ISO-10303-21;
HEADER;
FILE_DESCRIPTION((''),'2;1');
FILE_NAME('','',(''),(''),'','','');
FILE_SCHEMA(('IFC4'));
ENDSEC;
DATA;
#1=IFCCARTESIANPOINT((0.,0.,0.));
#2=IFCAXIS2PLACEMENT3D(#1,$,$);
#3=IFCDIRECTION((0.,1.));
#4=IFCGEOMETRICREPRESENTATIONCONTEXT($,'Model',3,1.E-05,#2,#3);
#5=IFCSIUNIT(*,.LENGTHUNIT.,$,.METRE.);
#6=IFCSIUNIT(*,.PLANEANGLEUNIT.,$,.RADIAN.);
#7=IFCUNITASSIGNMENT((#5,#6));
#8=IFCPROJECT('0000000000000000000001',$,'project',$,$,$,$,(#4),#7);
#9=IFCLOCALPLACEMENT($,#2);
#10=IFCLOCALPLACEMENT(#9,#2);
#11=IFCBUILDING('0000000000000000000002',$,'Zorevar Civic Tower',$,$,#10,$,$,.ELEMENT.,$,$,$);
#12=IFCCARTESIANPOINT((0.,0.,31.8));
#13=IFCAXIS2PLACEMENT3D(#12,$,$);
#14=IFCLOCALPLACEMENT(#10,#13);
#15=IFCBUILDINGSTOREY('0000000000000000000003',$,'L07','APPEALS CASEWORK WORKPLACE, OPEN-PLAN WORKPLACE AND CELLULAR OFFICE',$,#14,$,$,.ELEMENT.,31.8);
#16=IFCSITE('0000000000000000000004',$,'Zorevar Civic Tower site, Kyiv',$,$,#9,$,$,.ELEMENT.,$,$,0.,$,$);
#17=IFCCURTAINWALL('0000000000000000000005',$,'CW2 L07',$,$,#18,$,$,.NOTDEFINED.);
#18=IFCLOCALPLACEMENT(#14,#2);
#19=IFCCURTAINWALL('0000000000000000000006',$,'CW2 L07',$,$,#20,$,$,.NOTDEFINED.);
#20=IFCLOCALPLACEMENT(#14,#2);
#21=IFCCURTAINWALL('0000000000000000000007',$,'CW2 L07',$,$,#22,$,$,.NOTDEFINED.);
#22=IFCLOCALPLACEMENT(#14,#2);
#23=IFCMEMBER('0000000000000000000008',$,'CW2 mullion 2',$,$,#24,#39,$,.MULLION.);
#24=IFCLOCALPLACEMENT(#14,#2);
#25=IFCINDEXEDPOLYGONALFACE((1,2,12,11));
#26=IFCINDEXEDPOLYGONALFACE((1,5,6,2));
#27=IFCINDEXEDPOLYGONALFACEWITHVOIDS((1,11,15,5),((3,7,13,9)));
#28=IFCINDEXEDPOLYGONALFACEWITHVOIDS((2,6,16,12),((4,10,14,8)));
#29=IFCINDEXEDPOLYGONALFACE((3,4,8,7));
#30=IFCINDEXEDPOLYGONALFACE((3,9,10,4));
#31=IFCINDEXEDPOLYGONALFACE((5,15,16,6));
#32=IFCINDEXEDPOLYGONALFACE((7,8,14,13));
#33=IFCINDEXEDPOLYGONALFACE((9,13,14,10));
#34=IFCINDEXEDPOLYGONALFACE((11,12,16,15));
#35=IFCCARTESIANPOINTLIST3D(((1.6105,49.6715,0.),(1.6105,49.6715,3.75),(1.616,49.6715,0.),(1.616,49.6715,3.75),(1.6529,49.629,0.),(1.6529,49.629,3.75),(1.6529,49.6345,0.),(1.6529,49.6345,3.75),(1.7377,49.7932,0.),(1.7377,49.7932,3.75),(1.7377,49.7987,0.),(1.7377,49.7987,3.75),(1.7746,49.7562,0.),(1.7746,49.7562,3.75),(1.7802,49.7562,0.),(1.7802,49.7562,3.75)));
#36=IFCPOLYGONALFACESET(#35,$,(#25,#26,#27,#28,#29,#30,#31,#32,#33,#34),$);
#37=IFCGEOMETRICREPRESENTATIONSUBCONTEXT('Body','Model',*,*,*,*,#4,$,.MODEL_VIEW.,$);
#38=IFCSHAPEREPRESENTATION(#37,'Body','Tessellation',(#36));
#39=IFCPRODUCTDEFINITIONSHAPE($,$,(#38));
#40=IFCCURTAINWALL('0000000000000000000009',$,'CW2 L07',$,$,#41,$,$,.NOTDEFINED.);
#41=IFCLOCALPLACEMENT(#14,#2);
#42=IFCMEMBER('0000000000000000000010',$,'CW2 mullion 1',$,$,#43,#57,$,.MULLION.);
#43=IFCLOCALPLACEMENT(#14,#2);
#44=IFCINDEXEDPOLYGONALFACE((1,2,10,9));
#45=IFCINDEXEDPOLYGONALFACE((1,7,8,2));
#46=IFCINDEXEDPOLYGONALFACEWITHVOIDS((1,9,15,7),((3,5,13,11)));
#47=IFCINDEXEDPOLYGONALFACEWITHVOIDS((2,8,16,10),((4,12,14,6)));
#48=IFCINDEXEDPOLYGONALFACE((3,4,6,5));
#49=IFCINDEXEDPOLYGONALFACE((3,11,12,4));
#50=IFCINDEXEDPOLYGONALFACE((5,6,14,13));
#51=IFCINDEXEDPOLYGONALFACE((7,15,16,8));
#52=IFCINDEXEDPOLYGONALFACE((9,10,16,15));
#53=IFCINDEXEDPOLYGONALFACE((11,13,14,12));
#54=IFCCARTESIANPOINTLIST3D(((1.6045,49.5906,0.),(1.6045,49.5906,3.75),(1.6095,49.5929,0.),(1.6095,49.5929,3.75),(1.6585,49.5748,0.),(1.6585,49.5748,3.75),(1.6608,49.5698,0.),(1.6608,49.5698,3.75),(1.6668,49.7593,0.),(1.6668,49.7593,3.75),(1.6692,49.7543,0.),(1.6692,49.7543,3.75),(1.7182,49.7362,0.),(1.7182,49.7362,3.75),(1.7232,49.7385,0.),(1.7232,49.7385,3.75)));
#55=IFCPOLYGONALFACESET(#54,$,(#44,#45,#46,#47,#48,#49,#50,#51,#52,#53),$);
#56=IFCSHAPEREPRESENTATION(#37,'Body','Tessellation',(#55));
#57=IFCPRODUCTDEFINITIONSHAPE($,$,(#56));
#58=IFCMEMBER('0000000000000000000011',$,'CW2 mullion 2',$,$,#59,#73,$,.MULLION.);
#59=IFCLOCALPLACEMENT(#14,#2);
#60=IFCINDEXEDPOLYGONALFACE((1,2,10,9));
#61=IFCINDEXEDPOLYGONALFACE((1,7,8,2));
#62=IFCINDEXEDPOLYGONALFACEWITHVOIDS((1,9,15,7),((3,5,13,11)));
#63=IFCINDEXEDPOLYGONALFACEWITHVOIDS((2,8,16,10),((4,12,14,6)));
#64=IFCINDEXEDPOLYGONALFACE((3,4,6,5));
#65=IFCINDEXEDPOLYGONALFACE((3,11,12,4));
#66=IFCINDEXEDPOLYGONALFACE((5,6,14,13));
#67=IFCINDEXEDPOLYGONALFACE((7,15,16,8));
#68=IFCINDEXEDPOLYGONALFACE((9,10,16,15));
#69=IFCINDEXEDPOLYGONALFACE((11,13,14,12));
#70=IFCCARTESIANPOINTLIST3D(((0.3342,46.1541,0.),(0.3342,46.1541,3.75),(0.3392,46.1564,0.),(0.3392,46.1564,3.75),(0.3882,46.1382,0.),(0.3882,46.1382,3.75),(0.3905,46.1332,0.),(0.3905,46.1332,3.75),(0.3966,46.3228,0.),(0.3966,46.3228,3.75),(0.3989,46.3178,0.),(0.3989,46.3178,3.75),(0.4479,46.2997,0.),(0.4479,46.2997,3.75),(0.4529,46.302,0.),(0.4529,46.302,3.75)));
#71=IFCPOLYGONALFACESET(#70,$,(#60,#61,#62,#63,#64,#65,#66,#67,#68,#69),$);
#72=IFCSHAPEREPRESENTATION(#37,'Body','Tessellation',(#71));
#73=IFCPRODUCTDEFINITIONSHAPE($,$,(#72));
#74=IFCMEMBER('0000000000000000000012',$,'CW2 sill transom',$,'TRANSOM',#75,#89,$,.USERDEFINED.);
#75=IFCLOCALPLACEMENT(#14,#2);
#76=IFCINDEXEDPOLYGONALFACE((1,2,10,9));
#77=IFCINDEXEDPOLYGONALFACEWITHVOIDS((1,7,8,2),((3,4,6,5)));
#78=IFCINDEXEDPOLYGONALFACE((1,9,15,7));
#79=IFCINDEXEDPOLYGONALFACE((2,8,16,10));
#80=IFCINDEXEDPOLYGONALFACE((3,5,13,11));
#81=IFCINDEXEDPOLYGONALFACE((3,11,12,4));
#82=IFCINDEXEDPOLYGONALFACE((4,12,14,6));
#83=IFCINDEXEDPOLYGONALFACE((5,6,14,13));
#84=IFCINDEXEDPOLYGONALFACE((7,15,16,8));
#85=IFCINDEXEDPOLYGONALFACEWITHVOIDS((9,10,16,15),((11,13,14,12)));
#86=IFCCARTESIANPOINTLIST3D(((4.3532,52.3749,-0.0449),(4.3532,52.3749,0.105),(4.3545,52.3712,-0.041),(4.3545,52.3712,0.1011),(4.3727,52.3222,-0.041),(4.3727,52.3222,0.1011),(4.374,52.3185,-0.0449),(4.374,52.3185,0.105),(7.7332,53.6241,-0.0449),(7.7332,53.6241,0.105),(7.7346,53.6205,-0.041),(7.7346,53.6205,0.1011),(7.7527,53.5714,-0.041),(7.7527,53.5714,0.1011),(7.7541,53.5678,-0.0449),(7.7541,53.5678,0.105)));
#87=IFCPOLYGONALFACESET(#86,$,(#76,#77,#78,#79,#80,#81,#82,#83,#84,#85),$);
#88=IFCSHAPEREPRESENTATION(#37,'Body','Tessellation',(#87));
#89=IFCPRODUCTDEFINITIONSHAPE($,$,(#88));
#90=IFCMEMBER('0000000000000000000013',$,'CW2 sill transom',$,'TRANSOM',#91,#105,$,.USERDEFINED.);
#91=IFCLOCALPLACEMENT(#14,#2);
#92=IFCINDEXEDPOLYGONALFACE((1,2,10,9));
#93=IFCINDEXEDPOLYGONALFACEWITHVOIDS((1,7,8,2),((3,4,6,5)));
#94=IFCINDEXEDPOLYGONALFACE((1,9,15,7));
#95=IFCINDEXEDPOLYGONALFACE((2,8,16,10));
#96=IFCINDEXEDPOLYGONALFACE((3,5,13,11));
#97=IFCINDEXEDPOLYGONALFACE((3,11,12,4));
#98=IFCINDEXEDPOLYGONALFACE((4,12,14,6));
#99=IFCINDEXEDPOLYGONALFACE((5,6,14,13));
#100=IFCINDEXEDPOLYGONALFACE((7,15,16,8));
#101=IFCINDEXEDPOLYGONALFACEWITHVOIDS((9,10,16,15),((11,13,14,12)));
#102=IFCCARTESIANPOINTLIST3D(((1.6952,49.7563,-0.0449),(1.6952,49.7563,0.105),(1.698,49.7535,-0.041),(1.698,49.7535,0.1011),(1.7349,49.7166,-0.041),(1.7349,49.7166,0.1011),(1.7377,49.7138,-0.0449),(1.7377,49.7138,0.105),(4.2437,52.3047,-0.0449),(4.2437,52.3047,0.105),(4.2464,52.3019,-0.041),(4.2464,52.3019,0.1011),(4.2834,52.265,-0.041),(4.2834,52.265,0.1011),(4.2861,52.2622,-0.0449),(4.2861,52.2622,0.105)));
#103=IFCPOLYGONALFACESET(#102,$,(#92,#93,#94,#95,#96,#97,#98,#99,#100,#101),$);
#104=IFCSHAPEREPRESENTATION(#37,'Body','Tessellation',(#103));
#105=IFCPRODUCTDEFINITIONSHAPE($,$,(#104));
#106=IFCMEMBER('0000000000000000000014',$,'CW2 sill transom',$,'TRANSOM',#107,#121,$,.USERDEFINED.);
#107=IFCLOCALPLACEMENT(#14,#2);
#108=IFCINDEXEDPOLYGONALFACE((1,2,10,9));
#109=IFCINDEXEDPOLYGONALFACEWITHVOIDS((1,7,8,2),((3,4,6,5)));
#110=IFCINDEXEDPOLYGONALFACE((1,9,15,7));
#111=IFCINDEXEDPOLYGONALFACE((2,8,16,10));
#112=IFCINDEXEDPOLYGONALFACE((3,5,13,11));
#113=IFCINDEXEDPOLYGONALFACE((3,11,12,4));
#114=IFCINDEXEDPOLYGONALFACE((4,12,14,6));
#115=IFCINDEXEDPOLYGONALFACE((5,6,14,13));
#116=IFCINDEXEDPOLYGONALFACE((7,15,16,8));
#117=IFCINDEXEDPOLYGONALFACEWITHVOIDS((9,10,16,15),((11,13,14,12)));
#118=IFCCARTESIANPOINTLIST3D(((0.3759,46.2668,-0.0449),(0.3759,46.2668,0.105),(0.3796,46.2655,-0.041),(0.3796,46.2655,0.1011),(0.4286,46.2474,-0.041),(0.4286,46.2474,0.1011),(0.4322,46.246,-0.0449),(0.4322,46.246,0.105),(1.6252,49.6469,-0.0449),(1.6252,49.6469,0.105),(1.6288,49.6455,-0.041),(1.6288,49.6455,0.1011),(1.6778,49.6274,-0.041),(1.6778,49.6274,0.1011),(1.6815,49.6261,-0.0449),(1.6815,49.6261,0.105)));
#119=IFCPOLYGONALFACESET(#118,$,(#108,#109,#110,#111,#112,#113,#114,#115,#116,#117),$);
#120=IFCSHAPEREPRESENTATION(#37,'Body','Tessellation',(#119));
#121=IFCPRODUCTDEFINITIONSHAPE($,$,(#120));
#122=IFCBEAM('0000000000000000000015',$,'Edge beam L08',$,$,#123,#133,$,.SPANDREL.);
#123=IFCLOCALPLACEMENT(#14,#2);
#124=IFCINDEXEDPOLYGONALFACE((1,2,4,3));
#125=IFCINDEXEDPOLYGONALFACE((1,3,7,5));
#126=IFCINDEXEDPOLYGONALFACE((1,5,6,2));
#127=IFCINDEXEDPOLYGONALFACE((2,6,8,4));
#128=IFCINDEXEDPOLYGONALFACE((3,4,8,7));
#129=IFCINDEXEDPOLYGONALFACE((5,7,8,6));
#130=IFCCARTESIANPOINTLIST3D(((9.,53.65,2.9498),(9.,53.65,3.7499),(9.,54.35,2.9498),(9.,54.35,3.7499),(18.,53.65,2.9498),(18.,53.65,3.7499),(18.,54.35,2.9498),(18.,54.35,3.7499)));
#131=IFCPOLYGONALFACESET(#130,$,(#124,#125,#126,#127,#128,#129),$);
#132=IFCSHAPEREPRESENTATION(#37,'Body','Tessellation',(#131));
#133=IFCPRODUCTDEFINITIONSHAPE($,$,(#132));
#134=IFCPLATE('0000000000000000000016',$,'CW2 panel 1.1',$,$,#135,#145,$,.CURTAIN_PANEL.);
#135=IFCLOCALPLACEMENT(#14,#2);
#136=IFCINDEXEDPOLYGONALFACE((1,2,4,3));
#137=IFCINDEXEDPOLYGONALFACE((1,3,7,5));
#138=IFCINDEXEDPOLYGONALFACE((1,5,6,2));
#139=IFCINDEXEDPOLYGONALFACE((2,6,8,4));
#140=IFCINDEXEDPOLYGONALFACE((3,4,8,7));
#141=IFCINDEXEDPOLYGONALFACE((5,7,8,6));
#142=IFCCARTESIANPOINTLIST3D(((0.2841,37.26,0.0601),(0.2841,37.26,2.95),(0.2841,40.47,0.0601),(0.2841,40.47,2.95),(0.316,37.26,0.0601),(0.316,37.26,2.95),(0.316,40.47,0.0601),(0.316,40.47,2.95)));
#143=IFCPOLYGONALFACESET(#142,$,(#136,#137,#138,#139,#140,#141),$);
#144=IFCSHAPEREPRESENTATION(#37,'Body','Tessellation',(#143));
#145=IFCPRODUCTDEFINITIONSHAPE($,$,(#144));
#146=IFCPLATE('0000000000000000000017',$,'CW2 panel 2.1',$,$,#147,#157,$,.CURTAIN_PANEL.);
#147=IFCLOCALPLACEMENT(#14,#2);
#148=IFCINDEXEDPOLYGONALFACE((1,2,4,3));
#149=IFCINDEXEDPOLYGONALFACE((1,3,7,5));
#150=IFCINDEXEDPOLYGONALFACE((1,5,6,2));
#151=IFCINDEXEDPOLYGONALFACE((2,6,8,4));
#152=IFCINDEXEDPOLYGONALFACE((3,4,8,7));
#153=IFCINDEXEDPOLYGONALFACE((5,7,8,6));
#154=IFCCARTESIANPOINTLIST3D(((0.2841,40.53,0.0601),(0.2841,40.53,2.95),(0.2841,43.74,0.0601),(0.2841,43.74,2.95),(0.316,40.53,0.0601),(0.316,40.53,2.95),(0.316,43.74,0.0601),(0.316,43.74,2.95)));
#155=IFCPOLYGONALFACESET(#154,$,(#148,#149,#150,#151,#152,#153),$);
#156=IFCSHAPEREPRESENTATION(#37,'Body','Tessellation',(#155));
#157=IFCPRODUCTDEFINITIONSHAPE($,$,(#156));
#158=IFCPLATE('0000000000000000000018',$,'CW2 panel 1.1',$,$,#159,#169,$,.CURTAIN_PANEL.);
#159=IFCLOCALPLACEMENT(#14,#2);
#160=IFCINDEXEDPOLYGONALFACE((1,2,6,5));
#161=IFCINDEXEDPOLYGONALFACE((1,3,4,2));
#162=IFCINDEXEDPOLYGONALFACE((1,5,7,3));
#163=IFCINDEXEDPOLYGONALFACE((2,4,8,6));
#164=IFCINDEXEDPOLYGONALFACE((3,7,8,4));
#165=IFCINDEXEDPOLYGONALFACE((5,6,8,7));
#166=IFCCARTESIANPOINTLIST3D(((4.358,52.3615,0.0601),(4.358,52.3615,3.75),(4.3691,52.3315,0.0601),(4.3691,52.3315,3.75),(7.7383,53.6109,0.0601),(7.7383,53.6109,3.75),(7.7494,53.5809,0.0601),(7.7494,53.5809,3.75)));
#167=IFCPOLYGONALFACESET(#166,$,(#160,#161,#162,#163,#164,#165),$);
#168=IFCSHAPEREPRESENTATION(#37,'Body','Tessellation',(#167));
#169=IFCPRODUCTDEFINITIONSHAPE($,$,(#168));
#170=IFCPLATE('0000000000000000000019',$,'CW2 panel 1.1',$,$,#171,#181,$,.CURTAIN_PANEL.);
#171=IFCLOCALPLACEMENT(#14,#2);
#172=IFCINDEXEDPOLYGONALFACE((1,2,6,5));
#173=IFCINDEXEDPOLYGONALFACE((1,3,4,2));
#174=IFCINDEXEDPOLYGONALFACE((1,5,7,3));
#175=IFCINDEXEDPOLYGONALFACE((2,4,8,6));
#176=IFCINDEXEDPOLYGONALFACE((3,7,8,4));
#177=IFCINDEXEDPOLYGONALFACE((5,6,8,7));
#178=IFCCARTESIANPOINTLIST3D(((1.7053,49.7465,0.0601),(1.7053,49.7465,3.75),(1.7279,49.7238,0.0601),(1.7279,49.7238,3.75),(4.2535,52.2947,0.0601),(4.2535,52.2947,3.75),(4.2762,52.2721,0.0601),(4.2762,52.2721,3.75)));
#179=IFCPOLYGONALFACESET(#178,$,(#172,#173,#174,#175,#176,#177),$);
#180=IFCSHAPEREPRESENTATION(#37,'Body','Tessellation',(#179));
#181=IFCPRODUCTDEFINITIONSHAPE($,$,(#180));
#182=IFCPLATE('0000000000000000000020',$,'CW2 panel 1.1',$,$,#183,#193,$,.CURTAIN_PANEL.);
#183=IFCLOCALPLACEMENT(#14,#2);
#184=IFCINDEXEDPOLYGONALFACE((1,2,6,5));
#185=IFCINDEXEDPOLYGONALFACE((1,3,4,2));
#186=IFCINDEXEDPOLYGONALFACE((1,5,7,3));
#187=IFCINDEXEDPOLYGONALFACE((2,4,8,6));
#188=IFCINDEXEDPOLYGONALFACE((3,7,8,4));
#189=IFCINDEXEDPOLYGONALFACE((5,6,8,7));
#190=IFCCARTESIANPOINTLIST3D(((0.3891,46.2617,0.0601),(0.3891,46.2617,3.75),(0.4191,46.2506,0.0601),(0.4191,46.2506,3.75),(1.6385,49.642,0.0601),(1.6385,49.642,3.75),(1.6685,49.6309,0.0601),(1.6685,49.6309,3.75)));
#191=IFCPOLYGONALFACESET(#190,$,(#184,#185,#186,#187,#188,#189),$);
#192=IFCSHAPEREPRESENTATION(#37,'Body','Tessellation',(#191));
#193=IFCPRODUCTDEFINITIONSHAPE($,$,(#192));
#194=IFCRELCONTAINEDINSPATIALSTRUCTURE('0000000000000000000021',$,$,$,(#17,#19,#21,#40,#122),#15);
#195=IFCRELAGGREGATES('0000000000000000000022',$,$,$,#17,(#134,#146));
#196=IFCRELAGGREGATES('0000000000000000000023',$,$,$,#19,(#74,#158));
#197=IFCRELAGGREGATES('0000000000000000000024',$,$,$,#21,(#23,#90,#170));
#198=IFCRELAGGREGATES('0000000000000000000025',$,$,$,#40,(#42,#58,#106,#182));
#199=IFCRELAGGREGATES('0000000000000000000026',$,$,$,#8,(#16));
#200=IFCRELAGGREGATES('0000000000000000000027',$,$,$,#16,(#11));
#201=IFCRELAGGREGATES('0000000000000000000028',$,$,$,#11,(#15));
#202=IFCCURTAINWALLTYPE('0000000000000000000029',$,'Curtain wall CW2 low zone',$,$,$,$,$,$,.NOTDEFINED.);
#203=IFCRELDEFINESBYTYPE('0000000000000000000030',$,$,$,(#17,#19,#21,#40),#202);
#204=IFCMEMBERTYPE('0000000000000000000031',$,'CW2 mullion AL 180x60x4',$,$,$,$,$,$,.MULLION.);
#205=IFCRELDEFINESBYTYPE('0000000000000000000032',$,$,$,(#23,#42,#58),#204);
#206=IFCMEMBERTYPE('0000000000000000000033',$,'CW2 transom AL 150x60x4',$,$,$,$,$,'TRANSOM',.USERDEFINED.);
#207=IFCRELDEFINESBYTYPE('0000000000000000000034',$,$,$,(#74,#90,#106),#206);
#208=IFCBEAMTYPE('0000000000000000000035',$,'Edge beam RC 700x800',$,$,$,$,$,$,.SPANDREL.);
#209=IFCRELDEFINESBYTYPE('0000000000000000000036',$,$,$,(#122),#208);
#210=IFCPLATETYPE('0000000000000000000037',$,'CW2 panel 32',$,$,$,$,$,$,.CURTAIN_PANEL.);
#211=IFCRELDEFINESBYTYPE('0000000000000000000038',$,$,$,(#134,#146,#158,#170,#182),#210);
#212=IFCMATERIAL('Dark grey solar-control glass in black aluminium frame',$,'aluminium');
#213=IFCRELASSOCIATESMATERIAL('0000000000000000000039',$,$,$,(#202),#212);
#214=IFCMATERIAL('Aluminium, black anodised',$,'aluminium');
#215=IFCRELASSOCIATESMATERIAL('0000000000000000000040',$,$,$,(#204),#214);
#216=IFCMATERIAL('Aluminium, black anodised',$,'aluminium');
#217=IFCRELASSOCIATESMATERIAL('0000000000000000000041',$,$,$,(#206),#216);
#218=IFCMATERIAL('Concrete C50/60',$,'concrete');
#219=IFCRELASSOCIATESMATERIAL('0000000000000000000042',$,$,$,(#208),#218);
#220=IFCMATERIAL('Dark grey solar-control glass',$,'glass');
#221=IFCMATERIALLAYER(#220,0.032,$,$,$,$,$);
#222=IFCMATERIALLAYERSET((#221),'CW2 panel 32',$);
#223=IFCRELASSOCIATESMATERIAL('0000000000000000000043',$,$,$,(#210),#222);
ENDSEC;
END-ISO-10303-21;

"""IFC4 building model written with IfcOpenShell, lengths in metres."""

from ifc_helpers import new_model, si_unit, direction, frame, origin, origin_2d, place, context, subcontext, project, spatial, rectangle, hollow_rectangle, extrude, material, layer, layer_set, material_profile, profile_set, type_object, element, aggregate, save


model = new_model("IFC4")

# Units and contexts
model_context = context("Model", 3, precision=1e-05, world=origin(), true_north=direction((0.0, 1.0)))
body_context = subcontext(model_context, "Body", "Model", "MODEL_VIEW")
ifc_project = project(units=[si_unit("LENGTHUNIT", "METRE"), si_unit("PLANEANGLEUNIT", "RADIAN")], contexts=[model_context])

# Site, building, storey
site_placement = place(None, origin())
site = spatial("IfcSite", under=ifc_project, at=site_placement, Name="Zorevar Civic Tower site, Kyiv", CompositionType="ELEMENT", RefElevation=0.0)
building_placement = place(site_placement, origin())
building = spatial("IfcBuilding", under=site, at=building_placement, Name="Zorevar Civic Tower", CompositionType="ELEMENT")
storey_placement = place(building_placement, frame((0.0, 0.0, 31.8)))
storey = spatial("IfcBuildingStorey", under=building, at=storey_placement, Name="L07", Description="APPEALS CASEWORK WORKPLACE, OPEN-PLAN WORKPLACE AND CELLULAR OFFICE", CompositionType="ELEMENT", Elevation=31.8)

# Curtain walls, members
ifc_material_1 = material(Name="Dark grey solar-control glass in black aluminium frame", Category="aluminium")
curtain_wall_type = type_object("IfcCurtainWallType", Name="Curtain wall CW2 low zone", PredefinedType="NOTDEFINED", material=ifc_material_1)
curtain_wall_1_placement = place(storey_placement, origin())
curtain_wall_1 = element("IfcCurtainWall", 1, at=curtain_wall_1_placement, inside=storey, type_object=curtain_wall_type, Name="CW2 L07", PredefinedType="NOTDEFINED")
ifc_material_2 = material(Name="Aluminium, black anodised", Category="aluminium")
ifc_material_profile_1 = material_profile(ifc_material_2, hollow_rectangle(XDim=0.0601, YDim=0.1799, WallThickness=0.0039, at=origin_2d()), Name="AL 180x60x4")
ifc_profile_set_1 = profile_set([ifc_material_profile_1], Name="Aluminium, black anodised")
member_type_1 = type_object("IfcMemberType", Name="CW2 mullion AL 180x60x4", PredefinedType="MULLION", material=ifc_profile_set_1)
curtain_wall_2_placement = place(storey_placement, origin())
curtain_wall_2 = element("IfcCurtainWall", 2, at=curtain_wall_2_placement, inside=storey, type_object=curtain_wall_type, Name="CW2 L07", PredefinedType="NOTDEFINED")
curtain_wall_3_placement = place(storey_placement, origin())
curtain_wall_3 = element("IfcCurtainWall", 3, at=curtain_wall_3_placement, inside=storey, type_object=curtain_wall_type, Name="CW2 L07", PredefinedType="NOTDEFINED")
member_1_placement = place(storey_placement, frame((1.6953, 49.7139, 0.0), z_axis=(0.0, 0.0, 1.0), x_axis=(0.707107, -0.707107, 0.0)))
member_1 = element("IfcMember", 4, at=member_1_placement, type_object=member_type_1, Name="CW2 mullion 2", PredefinedType="MULLION", context=body_context, shape_type="SweptSolid", body=[
    extrude(hollow_rectangle(XDim=0.0601, YDim=0.1799, WallThickness=0.0039, at=origin_2d()), origin(), (0.0, 0.0, 1.0), 3.75),
])
curtain_wall_4_placement = place(storey_placement, origin())
curtain_wall_4 = element("IfcCurtainWall", 5, at=curtain_wall_4_placement, inside=storey, type_object=curtain_wall_type, Name="CW2 L07", PredefinedType="NOTDEFINED")
member_2_placement = place(storey_placement, frame((1.6638, 49.6646, 0.0), z_axis=(0.0, 0.0, 1.0), x_axis=(0.937975, -0.346704, 0.0)))
member_2 = element("IfcMember", 6, at=member_2_placement, type_object=member_type_1, Name="CW2 mullion 1", PredefinedType="MULLION", context=body_context, shape_type="SweptSolid", body=[
    extrude(hollow_rectangle(XDim=0.0601, YDim=0.1799, WallThickness=0.0039, at=origin_2d()), origin(), (0.0, 0.0, 1.0), 3.75),
])
member_3_placement = place(storey_placement, frame((0.3936, 46.228, 0.0), z_axis=(0.0, 0.0, 1.0), x_axis=(0.937975, -0.346704, 0.0)))
member_3 = element("IfcMember", 7, at=member_3_placement, type_object=member_type_1, Name="CW2 mullion 2", PredefinedType="MULLION", context=body_context, shape_type="SweptSolid", body=[
    extrude(hollow_rectangle(XDim=0.0601, YDim=0.1799, WallThickness=0.0039, at=origin_2d()), origin(), (0.0, 0.0, 1.0), 3.75),
])

# Members
ifc_material_3 = material(Name="Aluminium, black anodised", Category="aluminium")
ifc_material_profile_2 = material_profile(ifc_material_3, hollow_rectangle(XDim=0.0601, YDim=0.1499, WallThickness=0.0039, at=origin_2d()), Name="AL 150x60x4")
ifc_profile_set_2 = profile_set([ifc_material_profile_2], Name="Aluminium, black anodised")
member_type_2 = type_object("IfcMemberType", Name="CW2 transom AL 150x60x4", ElementType="TRANSOM", PredefinedType="USERDEFINED", material=ifc_profile_set_2)
member_4_placement = place(storey_placement, frame((7.7437, 53.5959, 0.03), z_axis=(-0.937986, -0.346672, 0.0), x_axis=(0.346672, -0.937986, 0.0)))
member_4 = element("IfcMember", 8, at=member_4_placement, type_object=member_type_2, Name="CW2 sill transom", ObjectType="TRANSOM", PredefinedType="USERDEFINED", context=body_context, shape_type="SweptSolid", body=[
    extrude(hollow_rectangle(XDim=0.0601, YDim=0.1499, WallThickness=0.0039, at=origin_2d()), origin(), (0.0, 0.0, 1.0), 3.6035),
])
member_5_placement = place(storey_placement, frame((4.2649, 52.2834, 0.03), z_axis=(-0.707107, -0.707107, 0.0), x_axis=(0.707107, -0.707107, 0.0)))
member_5 = element("IfcMember", 9, at=member_5_placement, type_object=member_type_2, Name="CW2 sill transom", ObjectType="TRANSOM", PredefinedType="USERDEFINED", context=body_context, shape_type="SweptSolid", body=[
    extrude(hollow_rectangle(XDim=0.0601, YDim=0.1499, WallThickness=0.0039, at=origin_2d()), origin(), (0.0, 0.0, 1.0), 3.604),
])
member_6_placement = place(storey_placement, frame((1.6533, 49.6365, 0.03), z_axis=(-0.346672, -0.937986, 0.0), x_axis=(0.937986, -0.346672, 0.0)))
member_6 = element("IfcMember", 10, at=member_6_placement, type_object=member_type_2, Name="CW2 sill transom", ObjectType="TRANSOM", PredefinedType="USERDEFINED", context=body_context, shape_type="SweptSolid", body=[
    extrude(hollow_rectangle(XDim=0.0601, YDim=0.1499, WallThickness=0.0039, at=origin_2d()), origin(), (0.0, 0.0, 1.0), 3.6035),
])

# Beam
ifc_material_4 = material(Name="Concrete C50/60", Category="concrete")
ifc_material_profile_3 = material_profile(ifc_material_4, rectangle(XDim=0.7, YDim=0.8, at=origin_2d()), Name="RC 700x800")
ifc_profile_set_3 = profile_set([ifc_material_profile_3], Name="Concrete C50/60")
beam_type_1 = type_object("IfcBeamType", Name="Edge beam RC 700x800", PredefinedType="SPANDREL", material=ifc_profile_set_3)
beam_1_placement = place(storey_placement, frame((9.0, 54.0, 3.3499), z_axis=(1.0, 0.0, 0.0), x_axis=(0.0, 1.0, 0.0)))
element("IfcBeam", 11, at=beam_1_placement, inside=storey, type_object=beam_type_1, Name="Edge beam L08", PredefinedType="SPANDREL", context=body_context, shape_type="SweptSolid", body=[
    extrude(rectangle(XDim=0.7, YDim=0.8, at=origin_2d()), origin(), (0.0, 0.0, 1.0), 9.0),
])

# Plates
ifc_material_5 = material(Name="Dark grey solar-control glass", Category="glass")
ifc_layer_1 = layer(ifc_material_5, 0.032)
ifc_layer_set_1 = layer_set([ifc_layer_1], Name="CW2 panel 32")
plate_type = type_object("IfcPlateType", Name="CW2 panel 32", PredefinedType="CURTAIN_PANEL", material=ifc_layer_set_1)
plate_1_placement = place(storey_placement, frame((0.3, 38.865, 0.0601), z_axis=(0.0, 0.0, 1.0), x_axis=(0.0, 1.0, 0.0)))
plate_1 = element("IfcPlate", 12, at=plate_1_placement, type_object=plate_type, Name="CW2 panel 1.1", PredefinedType="CURTAIN_PANEL", context=body_context, shape_type="SweptSolid", body=[
    extrude(rectangle(XDim=3.21, YDim=0.032, at=origin_2d()), origin(), (0.0, 0.0, 1.0), 2.8899),
])
plate_2_placement = place(storey_placement, frame((0.3, 42.135, 0.0601), z_axis=(0.0, 0.0, 1.0), x_axis=(0.0, 1.0, 0.0)))
plate_2 = element("IfcPlate", 13, at=plate_2_placement, type_object=plate_type, Name="CW2 panel 2.1", PredefinedType="CURTAIN_PANEL", context=body_context, shape_type="SweptSolid", body=[
    extrude(rectangle(XDim=3.21, YDim=0.032, at=origin_2d()), origin(), (0.0, 0.0, 1.0), 2.8899),
])
aggregate(curtain_wall_1, [plate_1, plate_2])
plate_3_placement = place(storey_placement, frame((6.0537, 52.9712, 0.0601), z_axis=(0.0, 0.0, 1.0), x_axis=(-0.937975, -0.346704, 0.0)))
plate_3 = element("IfcPlate", 14, at=plate_3_placement, type_object=plate_type, Name="CW2 panel 1.1", PredefinedType="CURTAIN_PANEL", context=body_context, shape_type="SweptSolid", body=[
    extrude(rectangle(XDim=3.6038, YDim=0.032, at=origin_2d()), origin(), (0.0, 0.0, 1.0), 3.6899),
])
aggregate(curtain_wall_2, [member_4, plate_3])
plate_4_placement = place(storey_placement, frame((2.9907, 51.0093, 0.0601), z_axis=(0.0, 0.0, 1.0), x_axis=(-0.707107, -0.707107, 0.0)))
plate_4 = element("IfcPlate", 15, at=plate_4_placement, type_object=plate_type, Name="CW2 panel 1.1", PredefinedType="CURTAIN_PANEL", context=body_context, shape_type="SweptSolid", body=[
    extrude(rectangle(XDim=3.6038, YDim=0.032, at=origin_2d()), origin(), (0.0, 0.0, 1.0), 3.6899),
])
aggregate(curtain_wall_3, [member_1, member_5, plate_4])
plate_5_placement = place(storey_placement, frame((1.0288, 47.9463, 0.0601), z_axis=(0.0, 0.0, 1.0), x_axis=(-0.346704, -0.937975, 0.0)))
plate_5 = element("IfcPlate", 16, at=plate_5_placement, type_object=plate_type, Name="CW2 panel 1.1", PredefinedType="CURTAIN_PANEL", context=body_context, shape_type="SweptSolid", body=[
    extrude(rectangle(XDim=3.6038, YDim=0.032, at=origin_2d()), origin(), (0.0, 0.0, 1.0), 3.6899),
])
aggregate(curtain_wall_4, [member_2, member_3, member_6, plate_5])

save(model, "model.ifc")
